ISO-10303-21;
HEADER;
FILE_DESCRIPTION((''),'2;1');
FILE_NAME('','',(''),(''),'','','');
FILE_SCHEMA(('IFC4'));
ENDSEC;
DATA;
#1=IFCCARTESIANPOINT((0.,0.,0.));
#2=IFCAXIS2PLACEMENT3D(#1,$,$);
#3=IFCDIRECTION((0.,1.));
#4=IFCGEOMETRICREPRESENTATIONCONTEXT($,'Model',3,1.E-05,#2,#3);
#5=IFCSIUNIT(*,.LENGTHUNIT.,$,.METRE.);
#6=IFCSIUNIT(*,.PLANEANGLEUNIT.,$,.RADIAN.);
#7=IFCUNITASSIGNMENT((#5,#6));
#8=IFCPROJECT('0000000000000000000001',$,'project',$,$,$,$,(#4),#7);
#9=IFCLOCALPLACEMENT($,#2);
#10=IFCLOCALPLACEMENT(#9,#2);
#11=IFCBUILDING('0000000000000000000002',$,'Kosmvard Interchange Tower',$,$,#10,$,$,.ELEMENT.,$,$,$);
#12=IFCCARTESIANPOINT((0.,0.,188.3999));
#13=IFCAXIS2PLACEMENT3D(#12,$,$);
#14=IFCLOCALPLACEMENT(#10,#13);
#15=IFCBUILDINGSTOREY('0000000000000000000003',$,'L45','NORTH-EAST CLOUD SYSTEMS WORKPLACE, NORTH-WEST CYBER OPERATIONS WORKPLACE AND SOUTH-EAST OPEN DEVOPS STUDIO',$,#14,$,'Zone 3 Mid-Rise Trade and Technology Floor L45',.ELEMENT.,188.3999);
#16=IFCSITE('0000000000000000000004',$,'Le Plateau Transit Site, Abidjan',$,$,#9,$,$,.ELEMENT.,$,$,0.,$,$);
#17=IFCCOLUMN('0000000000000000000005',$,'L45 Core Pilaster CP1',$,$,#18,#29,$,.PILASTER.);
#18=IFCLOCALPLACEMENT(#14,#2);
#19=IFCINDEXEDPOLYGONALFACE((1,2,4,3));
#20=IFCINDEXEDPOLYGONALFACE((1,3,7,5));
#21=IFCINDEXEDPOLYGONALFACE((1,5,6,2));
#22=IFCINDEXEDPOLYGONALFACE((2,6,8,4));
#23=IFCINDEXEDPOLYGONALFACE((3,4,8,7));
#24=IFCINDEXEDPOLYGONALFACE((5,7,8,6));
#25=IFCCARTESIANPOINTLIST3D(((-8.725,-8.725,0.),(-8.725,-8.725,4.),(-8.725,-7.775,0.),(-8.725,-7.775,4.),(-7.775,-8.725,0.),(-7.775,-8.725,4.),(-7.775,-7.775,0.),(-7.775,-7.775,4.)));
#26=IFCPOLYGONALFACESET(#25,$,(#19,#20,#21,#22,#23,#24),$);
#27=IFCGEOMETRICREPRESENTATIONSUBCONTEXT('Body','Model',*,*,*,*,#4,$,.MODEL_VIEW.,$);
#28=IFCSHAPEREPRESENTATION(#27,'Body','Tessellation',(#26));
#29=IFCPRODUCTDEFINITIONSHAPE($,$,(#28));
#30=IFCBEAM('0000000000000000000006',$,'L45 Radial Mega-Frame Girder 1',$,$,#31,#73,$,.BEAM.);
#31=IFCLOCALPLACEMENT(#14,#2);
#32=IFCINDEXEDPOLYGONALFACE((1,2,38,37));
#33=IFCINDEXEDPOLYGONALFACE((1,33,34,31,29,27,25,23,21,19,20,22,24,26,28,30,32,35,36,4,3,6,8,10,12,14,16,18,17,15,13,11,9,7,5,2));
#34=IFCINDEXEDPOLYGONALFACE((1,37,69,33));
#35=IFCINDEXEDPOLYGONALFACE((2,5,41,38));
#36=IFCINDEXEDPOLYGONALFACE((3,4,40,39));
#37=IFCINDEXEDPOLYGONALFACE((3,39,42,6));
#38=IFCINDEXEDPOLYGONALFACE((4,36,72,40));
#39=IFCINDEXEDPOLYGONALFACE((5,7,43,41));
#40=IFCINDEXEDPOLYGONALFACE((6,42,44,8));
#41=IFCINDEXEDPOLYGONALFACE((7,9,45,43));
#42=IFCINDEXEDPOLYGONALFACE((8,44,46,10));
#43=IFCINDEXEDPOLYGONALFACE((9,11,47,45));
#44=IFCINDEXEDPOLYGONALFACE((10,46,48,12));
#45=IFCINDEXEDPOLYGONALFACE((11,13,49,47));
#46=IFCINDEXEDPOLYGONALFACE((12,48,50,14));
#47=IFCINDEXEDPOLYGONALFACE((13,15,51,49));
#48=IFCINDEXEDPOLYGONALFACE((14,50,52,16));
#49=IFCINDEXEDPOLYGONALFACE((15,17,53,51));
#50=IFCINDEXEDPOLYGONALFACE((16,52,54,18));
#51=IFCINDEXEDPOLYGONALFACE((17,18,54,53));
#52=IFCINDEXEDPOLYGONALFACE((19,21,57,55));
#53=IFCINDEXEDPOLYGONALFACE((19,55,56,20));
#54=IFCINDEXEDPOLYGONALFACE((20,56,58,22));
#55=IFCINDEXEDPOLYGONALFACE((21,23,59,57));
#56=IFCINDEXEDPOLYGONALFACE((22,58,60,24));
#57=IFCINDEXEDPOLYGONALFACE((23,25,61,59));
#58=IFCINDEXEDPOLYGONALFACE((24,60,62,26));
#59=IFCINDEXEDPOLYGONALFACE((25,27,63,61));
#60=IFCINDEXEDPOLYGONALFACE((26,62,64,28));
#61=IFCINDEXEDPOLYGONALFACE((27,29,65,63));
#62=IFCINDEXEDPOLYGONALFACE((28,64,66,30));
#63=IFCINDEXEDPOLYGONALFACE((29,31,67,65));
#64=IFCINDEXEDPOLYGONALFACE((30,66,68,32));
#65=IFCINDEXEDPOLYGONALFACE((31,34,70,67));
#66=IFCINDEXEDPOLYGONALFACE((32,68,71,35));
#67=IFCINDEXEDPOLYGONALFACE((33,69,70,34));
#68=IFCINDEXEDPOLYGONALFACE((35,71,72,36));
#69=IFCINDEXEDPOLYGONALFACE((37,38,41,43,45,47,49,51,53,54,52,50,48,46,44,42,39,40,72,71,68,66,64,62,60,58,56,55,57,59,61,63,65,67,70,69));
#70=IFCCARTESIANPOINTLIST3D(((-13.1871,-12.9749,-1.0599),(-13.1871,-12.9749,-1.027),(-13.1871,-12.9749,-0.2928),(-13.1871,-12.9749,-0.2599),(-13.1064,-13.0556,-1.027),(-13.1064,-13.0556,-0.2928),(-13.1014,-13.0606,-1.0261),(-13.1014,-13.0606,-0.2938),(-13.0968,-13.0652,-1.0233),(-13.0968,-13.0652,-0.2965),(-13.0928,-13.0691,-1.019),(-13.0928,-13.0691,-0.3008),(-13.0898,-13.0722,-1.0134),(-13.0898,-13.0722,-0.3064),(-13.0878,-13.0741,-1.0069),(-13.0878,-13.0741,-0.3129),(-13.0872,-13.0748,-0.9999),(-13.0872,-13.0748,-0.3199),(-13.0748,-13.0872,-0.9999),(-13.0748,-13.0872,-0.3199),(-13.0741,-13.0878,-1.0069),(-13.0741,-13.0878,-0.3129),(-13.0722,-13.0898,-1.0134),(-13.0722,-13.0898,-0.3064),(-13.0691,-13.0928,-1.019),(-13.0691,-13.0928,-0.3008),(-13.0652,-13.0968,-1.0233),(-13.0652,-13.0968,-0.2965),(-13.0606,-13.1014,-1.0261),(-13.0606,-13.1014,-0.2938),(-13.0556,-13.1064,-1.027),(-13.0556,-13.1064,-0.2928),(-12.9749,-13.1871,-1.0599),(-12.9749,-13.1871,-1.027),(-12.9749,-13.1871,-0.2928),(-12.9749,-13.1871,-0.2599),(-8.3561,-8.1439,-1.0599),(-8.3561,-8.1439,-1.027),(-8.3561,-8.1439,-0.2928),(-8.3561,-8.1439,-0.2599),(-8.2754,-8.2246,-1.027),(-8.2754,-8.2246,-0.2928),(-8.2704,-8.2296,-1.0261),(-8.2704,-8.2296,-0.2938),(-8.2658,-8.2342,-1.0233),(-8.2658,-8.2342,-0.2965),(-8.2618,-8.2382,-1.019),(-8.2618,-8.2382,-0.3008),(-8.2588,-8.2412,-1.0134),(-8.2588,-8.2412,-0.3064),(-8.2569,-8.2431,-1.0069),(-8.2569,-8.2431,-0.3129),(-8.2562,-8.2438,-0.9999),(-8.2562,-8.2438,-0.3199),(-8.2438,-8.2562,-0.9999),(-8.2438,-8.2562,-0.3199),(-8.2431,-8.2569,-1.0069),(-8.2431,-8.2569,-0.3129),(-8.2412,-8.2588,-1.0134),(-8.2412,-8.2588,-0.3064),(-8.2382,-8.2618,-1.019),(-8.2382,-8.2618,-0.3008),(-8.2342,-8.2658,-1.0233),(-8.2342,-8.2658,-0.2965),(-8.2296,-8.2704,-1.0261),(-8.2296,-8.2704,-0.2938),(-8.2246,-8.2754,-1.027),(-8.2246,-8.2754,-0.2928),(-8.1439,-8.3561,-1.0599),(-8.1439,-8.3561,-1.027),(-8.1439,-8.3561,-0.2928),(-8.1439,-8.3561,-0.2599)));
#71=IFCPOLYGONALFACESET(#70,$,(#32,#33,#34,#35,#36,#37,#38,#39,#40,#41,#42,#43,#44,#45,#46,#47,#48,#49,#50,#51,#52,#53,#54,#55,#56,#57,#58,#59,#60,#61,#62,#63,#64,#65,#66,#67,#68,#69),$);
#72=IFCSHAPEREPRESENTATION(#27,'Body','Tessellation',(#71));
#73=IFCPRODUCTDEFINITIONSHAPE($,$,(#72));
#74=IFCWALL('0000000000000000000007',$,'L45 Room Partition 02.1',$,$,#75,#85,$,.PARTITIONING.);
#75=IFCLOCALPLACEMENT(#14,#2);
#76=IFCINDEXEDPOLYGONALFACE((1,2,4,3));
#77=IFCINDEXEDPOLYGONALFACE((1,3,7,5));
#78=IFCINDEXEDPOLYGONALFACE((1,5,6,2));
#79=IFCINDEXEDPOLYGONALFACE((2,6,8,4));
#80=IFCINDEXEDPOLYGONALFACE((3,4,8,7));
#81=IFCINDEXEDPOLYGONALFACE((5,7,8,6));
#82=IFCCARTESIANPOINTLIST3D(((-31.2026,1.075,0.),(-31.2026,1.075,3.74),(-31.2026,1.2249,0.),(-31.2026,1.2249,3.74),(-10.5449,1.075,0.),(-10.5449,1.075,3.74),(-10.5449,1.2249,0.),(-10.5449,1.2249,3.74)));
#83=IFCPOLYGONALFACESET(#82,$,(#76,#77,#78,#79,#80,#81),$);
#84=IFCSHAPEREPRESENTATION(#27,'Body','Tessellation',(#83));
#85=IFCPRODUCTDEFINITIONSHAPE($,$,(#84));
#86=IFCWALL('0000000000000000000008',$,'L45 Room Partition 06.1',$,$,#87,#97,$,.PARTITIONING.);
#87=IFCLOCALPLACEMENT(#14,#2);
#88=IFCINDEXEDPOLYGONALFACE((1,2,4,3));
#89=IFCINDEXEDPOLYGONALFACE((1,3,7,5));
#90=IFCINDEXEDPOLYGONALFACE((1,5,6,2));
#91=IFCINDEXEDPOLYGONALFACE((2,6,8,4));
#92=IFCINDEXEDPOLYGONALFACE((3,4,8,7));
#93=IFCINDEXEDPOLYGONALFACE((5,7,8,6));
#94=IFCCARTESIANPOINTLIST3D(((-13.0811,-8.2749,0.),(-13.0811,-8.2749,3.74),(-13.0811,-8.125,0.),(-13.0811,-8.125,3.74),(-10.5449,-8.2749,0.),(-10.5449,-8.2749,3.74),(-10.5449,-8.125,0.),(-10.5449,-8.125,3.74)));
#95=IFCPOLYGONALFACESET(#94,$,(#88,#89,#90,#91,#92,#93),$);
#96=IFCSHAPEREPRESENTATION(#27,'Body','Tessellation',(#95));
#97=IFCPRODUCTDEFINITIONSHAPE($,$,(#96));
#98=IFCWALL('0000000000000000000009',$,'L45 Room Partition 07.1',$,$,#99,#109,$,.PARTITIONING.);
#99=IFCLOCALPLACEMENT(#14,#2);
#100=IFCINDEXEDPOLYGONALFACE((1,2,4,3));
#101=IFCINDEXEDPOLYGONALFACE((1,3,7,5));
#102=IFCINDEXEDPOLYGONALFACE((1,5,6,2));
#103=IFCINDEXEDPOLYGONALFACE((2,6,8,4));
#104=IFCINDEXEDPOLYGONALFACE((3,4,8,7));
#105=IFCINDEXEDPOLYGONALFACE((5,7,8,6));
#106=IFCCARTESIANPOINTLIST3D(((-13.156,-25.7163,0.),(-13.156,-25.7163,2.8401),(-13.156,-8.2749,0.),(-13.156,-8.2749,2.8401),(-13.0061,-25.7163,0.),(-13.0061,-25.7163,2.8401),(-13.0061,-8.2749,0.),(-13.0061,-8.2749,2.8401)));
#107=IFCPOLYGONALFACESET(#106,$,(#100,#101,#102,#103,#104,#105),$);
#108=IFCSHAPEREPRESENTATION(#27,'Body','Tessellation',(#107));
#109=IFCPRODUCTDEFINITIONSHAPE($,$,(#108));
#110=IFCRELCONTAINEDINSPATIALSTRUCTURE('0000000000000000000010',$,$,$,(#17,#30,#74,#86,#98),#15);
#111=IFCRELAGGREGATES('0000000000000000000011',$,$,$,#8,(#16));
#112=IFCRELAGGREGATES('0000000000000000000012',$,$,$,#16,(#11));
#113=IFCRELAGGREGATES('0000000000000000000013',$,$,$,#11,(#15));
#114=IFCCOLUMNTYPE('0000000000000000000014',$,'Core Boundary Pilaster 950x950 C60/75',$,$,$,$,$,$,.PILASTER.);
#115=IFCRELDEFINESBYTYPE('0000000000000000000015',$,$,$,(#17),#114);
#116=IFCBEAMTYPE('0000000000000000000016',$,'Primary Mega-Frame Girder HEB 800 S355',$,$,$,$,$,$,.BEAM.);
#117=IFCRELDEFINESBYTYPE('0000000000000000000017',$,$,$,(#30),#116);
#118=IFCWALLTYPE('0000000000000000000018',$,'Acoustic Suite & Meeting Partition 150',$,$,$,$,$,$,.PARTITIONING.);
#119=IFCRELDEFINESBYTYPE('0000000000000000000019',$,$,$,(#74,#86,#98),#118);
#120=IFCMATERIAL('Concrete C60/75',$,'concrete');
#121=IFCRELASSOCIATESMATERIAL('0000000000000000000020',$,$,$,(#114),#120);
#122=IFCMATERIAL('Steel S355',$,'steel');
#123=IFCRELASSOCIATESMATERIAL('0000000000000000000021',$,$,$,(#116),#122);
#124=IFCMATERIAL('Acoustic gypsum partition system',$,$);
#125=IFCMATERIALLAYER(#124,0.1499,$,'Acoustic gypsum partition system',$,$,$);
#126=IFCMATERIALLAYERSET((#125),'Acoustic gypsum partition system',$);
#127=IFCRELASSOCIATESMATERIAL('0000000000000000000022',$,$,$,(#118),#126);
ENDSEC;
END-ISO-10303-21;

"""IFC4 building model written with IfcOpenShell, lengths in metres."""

from ifc_helpers import new_model, si_unit, direction, frame, frame_2d, origin, origin_2d, place, context, subcontext, project, spatial, rectangle, i_section, extrude, source, transform, mapped, material, layer, layer_set, material_profile, profile_set, type_object, element, save


model = new_model("IFC4")

# Units and contexts
model_context = context("Model", 3, precision=1e-05, world=origin(), true_north=direction((0.0, 1.0)))
body_context = subcontext(model_context, "Body", "Model", "MODEL_VIEW")
ifc_project = project(units=[si_unit("LENGTHUNIT", "METRE"), si_unit("PLANEANGLEUNIT", "RADIAN")], contexts=[model_context])

# Site, building, storey
site_placement = place(None, origin())
site = spatial("IfcSite", under=ifc_project, at=site_placement, Name="Le Plateau Transit Site, Abidjan", CompositionType="ELEMENT", RefElevation=0.0)
building_placement = place(site_placement, origin())
building = spatial("IfcBuilding", under=site, at=building_placement, Name="Kosmvard Interchange Tower", CompositionType="ELEMENT")
storey_placement = place(building_placement, frame((0.0, 0.0, 188.3999)))
storey = spatial("IfcBuildingStorey", under=building, at=storey_placement, Name="L45", Description="NORTH-EAST CLOUD SYSTEMS WORKPLACE, NORTH-WEST CYBER OPERATIONS WORKPLACE AND SOUTH-EAST OPEN DEVOPS STUDIO", LongName="Zone 3 Mid-Rise Trade and Technology Floor L45", CompositionType="ELEMENT", Elevation=188.3999)

# Column
ifc_material_1 = material(Name="Concrete C60/75", Category="concrete")
ifc_material_profile_1 = material_profile(ifc_material_1, rectangle(XDim=0.95, YDim=0.95, at=origin_2d()), Name="CP 950x950")
ifc_profile_set_1 = profile_set([ifc_material_profile_1], Name="Concrete C60/75")
column_type = type_object("IfcColumnType", Name="Core Boundary Pilaster 950x950 C60/75", PredefinedType="PILASTER", material=ifc_profile_set_1)
shared_shape_1 = source(origin(), body_context, "Body", "SweptSolid", [
    extrude(rectangle(XDim=0.95, YDim=0.95, at=origin_2d()), origin(), (0.0, 0.0, 1.0), 4.0),
])
column_placement = place(storey_placement, frame((-8.25, -8.25, 0.0), z_axis=(0.0, 0.0, 1.0), x_axis=(1.0, 0.0, 0.0)))
element("IfcColumn", 1, at=column_placement, inside=storey, type_object=column_type, Name="L45 Core Pilaster CP1", PredefinedType="PILASTER", context=body_context, shape_type="MappedRepresentation", body=[
    mapped(shared_shape_1, transform((0.0, 0.0, 0.0), scale=1.0)),
])

# Beam
ifc_material_2 = material(Name="Steel S355", Category="steel")
ifc_material_profile_2 = material_profile(ifc_material_2, i_section(OverallWidth=0.3, OverallDepth=0.8, WebThickness=0.0176, FlangeThickness=0.033, FilletRadius=0.0271, at=origin_2d()), Name="HEB 800")
ifc_profile_set_2 = profile_set([ifc_material_profile_2], Name="Steel S355")
beam_type = type_object("IfcBeamType", Name="Primary Mega-Frame Girder HEB 800 S355", PredefinedType="BEAM", material=ifc_profile_set_2)
shared_shape_2 = source(origin(), body_context, "Body", "SweptSolid", [
    extrude(i_section(OverallWidth=0.3, OverallDepth=0.8, WebThickness=0.0176, FlangeThickness=0.033, FilletRadius=0.0271, at=origin_2d()), origin(), (0.0, 0.0, 1.0), 6.832),
])
beam_placement = place(storey_placement, frame((-8.25, -8.25, -0.6599), z_axis=(-0.707107, -0.707107, 0.0), x_axis=(0.707107, -0.707107, 0.0)))
element("IfcBeam", 2, at=beam_placement, inside=storey, type_object=beam_type, Name="L45 Radial Mega-Frame Girder 1", PredefinedType="BEAM", context=body_context, shape_type="MappedRepresentation", body=[
    mapped(shared_shape_2, transform((0.0, 0.0, 0.0), scale=1.0)),
])

# Walls
ifc_material_3 = material(Name="Acoustic gypsum partition system")
ifc_layer_1 = layer(ifc_material_3, 0.1499, Name="Acoustic gypsum partition system")
ifc_layer_set_1 = layer_set([ifc_layer_1], Name="Acoustic gypsum partition system")
wall_type_1 = type_object("IfcWallType", Name="Acoustic Suite & Meeting Partition 150", PredefinedType="PARTITIONING", material=ifc_layer_set_1)
wall_1_placement = place(storey_placement, frame((-31.2026, 1.1499, 0.0), z_axis=(0.0, 0.0, 1.0), x_axis=(1.0, 0.0, 0.0)))
element("IfcWall", 3, at=wall_1_placement, inside=storey, type_object=wall_type_1, Name="L45 Room Partition 02.1", PredefinedType="PARTITIONING", context=body_context, shape_type="SweptSolid", body=[
    extrude(rectangle(XDim=20.6577, YDim=0.1499, at=frame_2d((10.3289, 0.0))), origin(), (0.0, 0.0, 1.0), 3.74),
])
wall_2_placement = place(storey_placement, frame((-10.5449, -8.2, 0.0), z_axis=(0.0, 0.0, 1.0), x_axis=(-1.0, 0.0, 0.0)))
element("IfcWall", 4, at=wall_2_placement, inside=storey, type_object=wall_type_1, Name="L45 Room Partition 06.1", PredefinedType="PARTITIONING", context=body_context, shape_type="SweptSolid", body=[
    extrude(rectangle(XDim=2.5361, YDim=0.1499, at=frame_2d((1.2681, 0.0))), origin(), (0.0, 0.0, 1.0), 3.74),
])
wall_3_placement = place(storey_placement, frame((-13.0811, -8.2749, 0.0), z_axis=(0.0, 0.0, 1.0), x_axis=(0.0, -1.0, 0.0)))
element("IfcWall", 5, at=wall_3_placement, inside=storey, type_object=wall_type_1, Name="L45 Room Partition 07.1", PredefinedType="PARTITIONING", context=body_context, shape_type="SweptSolid", body=[
    extrude(rectangle(XDim=17.4414, YDim=0.1499, at=frame_2d((8.7207, 0.0))), origin(), (0.0, 0.0, 1.0), 2.8401),
])

save(model, "model.ifc")
